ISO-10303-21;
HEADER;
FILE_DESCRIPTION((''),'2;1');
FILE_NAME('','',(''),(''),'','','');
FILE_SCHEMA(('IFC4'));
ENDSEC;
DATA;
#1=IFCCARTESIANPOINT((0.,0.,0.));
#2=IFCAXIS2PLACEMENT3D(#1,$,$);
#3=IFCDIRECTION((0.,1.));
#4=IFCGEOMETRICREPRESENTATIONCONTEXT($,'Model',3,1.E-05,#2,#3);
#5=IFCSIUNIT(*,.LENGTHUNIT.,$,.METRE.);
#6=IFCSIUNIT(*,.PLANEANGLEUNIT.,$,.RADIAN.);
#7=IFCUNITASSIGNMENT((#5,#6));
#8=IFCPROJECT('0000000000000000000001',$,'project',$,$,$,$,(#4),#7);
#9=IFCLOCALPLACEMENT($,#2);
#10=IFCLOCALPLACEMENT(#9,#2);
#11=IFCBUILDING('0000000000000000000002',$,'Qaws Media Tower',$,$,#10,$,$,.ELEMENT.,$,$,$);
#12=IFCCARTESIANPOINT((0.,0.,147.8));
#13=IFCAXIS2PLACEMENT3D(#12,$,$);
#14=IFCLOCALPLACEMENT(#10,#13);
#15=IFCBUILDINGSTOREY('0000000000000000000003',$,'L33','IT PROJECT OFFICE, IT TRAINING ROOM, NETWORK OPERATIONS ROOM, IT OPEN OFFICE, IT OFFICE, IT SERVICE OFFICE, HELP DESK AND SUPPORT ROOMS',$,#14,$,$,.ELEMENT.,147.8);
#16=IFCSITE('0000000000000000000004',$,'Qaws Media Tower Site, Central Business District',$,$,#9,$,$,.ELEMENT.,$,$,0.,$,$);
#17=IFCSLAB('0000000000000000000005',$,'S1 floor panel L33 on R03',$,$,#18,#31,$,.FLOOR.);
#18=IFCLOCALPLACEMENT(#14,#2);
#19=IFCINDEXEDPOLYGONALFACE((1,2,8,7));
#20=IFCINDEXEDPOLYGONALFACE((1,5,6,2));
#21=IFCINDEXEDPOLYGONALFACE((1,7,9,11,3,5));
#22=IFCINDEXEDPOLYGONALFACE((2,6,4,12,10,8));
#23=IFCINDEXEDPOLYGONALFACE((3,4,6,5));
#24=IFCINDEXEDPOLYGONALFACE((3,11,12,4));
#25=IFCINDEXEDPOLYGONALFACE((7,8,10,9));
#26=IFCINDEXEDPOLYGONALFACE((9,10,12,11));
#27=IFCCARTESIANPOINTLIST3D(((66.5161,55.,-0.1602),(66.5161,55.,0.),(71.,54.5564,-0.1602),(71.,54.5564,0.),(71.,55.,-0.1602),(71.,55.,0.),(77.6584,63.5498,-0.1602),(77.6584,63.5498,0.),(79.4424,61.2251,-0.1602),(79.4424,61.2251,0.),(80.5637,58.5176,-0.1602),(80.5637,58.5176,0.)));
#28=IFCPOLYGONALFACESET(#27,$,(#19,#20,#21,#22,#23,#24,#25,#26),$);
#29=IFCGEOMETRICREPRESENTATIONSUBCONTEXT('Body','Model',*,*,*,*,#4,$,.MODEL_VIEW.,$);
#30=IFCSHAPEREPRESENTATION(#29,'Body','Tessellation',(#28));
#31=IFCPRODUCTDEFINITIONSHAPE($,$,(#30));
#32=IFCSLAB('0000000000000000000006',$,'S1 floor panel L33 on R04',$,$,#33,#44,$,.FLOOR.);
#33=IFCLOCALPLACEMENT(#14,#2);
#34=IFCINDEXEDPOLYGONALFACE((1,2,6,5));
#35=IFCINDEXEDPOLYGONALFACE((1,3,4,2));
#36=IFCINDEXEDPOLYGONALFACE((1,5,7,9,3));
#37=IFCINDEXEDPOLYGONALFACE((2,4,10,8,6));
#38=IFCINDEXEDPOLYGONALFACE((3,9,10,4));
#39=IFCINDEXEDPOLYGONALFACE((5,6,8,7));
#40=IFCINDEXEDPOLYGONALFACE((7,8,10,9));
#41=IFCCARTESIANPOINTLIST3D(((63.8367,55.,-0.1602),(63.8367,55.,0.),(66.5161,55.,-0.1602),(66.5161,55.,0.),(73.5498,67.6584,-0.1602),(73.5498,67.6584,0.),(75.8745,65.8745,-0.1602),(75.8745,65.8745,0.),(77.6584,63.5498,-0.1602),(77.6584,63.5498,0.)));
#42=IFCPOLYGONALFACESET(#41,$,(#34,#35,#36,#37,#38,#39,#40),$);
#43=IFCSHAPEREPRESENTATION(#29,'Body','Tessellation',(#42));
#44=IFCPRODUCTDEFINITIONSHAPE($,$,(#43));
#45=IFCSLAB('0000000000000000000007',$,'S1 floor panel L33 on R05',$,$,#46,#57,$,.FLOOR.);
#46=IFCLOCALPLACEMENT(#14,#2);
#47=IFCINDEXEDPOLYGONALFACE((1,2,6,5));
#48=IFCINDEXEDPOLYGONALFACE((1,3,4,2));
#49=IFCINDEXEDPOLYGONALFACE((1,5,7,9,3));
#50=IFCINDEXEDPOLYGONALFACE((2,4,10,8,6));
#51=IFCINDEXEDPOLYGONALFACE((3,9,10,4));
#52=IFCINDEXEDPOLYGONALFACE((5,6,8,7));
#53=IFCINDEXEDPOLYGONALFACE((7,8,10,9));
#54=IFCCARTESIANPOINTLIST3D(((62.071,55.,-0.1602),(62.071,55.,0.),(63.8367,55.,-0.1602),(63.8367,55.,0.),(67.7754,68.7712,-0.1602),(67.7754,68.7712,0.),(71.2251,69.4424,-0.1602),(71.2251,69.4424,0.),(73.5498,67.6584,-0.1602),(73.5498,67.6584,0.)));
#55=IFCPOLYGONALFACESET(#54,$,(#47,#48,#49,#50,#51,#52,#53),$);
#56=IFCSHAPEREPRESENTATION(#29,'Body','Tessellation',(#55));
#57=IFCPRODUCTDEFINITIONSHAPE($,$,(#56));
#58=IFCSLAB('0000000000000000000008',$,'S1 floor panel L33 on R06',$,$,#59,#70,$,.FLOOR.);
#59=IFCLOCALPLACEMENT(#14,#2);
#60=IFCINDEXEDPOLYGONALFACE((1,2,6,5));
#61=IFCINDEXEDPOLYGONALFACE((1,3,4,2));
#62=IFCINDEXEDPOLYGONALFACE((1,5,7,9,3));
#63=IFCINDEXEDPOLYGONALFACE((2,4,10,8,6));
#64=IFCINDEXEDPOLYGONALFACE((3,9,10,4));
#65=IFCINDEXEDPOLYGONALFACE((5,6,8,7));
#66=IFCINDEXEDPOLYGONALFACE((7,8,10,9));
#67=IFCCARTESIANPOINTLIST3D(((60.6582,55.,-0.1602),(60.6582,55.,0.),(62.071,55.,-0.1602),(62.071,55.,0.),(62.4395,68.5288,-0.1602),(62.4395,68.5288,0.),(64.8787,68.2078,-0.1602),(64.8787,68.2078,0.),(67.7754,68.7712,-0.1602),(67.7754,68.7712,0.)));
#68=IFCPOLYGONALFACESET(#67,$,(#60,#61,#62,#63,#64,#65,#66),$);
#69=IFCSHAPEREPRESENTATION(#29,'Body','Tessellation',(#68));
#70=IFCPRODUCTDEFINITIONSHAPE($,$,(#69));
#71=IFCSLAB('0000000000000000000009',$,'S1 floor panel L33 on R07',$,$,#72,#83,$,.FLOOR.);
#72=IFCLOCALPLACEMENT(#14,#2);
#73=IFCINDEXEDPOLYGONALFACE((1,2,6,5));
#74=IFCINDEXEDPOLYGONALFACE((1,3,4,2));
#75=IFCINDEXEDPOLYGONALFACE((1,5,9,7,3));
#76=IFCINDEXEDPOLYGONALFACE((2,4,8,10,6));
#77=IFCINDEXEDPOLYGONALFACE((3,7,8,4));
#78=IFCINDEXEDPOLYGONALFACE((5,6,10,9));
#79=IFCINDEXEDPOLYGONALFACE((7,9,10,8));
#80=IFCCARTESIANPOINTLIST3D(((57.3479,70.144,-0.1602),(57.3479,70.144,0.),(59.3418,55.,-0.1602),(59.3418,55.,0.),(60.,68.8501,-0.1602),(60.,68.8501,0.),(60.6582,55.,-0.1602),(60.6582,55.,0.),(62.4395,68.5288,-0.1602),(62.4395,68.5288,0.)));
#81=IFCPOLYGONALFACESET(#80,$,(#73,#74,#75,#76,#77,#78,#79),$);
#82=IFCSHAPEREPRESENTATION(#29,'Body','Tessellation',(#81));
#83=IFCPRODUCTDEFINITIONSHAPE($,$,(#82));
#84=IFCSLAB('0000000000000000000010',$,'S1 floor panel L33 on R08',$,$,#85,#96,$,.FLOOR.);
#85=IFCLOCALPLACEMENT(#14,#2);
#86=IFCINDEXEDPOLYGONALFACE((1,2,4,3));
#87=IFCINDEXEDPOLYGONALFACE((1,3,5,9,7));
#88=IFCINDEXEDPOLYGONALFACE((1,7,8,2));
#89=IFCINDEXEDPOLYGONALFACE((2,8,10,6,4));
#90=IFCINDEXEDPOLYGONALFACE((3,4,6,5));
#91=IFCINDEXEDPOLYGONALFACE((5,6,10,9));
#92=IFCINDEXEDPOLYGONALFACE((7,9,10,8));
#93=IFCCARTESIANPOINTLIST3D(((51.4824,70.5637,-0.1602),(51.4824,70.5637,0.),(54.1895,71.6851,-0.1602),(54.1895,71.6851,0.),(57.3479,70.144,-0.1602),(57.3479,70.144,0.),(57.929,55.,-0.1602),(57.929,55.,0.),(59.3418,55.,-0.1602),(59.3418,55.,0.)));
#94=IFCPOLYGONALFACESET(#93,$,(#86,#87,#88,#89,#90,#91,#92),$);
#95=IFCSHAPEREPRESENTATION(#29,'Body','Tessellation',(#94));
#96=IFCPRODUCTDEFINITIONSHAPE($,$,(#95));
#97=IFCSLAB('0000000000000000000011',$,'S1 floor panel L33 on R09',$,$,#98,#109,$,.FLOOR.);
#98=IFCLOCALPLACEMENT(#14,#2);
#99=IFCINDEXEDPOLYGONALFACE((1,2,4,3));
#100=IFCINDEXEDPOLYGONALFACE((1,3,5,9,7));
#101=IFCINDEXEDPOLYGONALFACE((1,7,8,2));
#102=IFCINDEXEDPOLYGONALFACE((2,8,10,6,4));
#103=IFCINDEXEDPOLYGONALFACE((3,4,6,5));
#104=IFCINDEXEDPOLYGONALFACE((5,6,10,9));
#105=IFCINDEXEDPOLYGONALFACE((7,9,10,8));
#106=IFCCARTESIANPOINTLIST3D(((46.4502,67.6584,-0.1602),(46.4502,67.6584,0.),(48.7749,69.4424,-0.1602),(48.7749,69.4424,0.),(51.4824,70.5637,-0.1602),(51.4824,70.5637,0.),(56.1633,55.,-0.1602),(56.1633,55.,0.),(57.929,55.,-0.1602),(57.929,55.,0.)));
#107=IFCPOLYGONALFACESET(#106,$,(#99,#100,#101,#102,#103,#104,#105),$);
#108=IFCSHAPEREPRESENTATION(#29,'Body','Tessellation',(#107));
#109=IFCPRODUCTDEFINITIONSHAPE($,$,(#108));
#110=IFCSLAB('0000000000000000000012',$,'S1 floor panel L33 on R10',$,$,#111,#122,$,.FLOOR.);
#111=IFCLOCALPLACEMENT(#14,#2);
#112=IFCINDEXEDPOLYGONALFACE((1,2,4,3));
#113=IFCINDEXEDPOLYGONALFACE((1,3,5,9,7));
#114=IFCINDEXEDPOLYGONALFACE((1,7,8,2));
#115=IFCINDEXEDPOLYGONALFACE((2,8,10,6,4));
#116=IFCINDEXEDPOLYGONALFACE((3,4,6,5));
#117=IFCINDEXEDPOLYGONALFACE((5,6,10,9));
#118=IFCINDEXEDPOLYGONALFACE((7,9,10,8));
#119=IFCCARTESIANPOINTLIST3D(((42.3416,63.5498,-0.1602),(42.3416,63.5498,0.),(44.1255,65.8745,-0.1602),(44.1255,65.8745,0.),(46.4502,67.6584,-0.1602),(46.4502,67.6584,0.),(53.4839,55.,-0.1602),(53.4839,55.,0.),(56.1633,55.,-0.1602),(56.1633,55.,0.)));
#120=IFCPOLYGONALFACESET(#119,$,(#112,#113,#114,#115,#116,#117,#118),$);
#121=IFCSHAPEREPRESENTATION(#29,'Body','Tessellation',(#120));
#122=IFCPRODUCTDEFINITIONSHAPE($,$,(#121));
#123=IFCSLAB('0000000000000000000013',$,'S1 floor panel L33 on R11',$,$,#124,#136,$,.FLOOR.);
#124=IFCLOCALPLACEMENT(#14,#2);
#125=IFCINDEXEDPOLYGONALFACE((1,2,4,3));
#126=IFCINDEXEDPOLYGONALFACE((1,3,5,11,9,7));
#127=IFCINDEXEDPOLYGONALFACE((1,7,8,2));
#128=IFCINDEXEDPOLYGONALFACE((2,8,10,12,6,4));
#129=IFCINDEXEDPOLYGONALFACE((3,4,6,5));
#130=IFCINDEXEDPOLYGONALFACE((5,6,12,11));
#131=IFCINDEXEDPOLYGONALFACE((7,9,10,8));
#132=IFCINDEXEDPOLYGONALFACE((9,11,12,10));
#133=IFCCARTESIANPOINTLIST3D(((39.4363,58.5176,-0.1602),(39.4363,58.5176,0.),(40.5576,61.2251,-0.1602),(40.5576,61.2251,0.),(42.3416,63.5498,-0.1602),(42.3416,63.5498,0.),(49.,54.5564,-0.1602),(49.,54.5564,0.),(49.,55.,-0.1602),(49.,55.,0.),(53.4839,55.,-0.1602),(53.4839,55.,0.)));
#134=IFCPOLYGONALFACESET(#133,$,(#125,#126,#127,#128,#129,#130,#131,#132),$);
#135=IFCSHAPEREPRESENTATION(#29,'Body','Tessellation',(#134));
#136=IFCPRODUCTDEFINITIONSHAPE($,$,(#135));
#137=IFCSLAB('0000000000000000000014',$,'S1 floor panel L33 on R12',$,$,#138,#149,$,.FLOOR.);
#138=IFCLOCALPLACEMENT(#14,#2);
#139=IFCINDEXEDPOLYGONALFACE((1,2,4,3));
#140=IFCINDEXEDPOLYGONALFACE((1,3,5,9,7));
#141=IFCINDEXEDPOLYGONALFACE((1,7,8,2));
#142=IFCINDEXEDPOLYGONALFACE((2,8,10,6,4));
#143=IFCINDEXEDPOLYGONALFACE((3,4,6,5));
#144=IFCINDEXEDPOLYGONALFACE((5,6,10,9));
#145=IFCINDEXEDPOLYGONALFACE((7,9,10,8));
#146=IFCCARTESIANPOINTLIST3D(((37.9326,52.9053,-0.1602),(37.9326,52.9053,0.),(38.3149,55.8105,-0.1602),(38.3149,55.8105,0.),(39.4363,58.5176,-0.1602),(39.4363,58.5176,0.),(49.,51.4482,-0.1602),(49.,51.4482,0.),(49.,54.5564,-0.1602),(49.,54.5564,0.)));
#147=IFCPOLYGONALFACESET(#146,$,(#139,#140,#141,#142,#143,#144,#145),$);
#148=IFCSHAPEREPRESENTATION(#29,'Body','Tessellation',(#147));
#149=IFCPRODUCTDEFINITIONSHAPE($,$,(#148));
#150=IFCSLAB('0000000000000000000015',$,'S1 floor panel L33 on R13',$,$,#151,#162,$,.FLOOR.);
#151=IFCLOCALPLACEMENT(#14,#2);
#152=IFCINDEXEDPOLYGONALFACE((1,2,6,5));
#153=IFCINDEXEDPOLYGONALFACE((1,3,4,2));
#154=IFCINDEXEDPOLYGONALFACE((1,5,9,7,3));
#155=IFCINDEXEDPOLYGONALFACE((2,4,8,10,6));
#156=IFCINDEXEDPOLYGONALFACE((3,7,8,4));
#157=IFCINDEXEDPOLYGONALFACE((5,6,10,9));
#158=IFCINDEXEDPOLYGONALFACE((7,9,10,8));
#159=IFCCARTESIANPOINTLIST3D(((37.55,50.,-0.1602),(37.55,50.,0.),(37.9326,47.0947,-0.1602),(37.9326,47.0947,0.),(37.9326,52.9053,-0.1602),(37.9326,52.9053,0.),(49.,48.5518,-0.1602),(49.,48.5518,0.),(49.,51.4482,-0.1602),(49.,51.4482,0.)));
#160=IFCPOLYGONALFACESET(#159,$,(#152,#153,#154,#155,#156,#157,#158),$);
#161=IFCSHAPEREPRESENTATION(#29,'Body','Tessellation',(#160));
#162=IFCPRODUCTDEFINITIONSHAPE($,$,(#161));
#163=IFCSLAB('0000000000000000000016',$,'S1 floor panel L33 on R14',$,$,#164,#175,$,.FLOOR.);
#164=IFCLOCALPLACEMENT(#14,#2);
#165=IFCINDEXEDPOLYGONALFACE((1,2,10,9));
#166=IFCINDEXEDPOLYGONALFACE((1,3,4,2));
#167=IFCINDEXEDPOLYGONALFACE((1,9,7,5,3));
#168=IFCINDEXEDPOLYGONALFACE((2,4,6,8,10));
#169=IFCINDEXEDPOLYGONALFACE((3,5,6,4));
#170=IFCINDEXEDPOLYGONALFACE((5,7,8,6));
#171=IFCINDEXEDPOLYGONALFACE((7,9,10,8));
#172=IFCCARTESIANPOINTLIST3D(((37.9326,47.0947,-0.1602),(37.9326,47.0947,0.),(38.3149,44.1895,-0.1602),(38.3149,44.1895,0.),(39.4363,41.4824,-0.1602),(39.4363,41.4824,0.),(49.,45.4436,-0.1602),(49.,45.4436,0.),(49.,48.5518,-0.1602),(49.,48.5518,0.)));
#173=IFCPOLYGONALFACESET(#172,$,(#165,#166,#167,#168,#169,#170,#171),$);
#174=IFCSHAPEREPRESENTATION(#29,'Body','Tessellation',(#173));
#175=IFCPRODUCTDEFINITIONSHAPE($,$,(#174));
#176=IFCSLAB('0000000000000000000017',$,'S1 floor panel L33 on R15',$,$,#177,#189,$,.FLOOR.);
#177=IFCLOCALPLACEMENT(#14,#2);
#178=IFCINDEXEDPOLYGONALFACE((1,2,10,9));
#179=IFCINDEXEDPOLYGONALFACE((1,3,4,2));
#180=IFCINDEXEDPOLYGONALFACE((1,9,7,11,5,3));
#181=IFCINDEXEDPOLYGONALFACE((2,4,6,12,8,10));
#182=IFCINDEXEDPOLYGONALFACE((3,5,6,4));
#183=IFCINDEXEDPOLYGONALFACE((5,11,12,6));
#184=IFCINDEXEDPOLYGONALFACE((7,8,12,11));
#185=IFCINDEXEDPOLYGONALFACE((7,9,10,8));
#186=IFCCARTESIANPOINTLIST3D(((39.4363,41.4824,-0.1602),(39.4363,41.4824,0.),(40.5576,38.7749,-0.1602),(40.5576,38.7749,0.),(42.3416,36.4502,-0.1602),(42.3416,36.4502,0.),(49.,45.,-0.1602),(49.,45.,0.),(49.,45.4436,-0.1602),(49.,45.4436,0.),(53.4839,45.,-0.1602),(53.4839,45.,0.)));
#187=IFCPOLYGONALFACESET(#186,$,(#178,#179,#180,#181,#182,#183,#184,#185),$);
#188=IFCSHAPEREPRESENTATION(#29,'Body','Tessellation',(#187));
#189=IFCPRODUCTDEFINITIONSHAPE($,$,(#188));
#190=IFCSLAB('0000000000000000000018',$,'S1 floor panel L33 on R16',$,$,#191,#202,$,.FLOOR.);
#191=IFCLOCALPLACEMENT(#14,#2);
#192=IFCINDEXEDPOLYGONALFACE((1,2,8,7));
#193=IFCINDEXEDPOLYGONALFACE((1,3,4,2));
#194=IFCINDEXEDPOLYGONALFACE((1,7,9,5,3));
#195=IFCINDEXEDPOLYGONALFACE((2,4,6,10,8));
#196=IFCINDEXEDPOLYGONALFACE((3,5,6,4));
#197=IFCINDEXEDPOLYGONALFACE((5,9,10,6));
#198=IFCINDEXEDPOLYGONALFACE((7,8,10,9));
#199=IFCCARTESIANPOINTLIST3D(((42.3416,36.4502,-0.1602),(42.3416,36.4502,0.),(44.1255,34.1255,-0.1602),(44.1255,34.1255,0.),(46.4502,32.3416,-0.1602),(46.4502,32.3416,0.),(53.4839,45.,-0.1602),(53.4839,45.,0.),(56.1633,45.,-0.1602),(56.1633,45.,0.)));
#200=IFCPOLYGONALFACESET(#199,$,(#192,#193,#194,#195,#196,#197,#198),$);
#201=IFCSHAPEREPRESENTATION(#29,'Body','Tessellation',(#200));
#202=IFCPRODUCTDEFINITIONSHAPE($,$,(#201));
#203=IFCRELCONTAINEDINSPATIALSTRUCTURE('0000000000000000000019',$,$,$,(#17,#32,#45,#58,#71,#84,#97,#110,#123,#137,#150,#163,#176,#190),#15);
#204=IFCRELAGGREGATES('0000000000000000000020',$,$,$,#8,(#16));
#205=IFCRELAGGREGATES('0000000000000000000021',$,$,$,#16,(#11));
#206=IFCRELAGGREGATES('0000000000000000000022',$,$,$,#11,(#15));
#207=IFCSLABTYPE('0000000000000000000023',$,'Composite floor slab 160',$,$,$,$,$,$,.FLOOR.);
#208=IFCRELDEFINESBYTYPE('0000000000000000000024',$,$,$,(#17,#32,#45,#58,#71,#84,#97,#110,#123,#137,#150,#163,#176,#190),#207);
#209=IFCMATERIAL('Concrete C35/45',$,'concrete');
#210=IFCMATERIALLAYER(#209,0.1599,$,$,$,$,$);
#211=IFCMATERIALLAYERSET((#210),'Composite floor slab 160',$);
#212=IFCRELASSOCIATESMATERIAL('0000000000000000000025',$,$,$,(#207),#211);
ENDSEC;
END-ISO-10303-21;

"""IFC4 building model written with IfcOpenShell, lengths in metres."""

from ifc_helpers import new_model, si_unit, direction, frame, origin, place, context, subcontext, project, spatial, polyline, outline, extrude, material, layer, layer_set, type_object, element, save


model = new_model("IFC4")

# Units and contexts
model_context = context("Model", 3, precision=1e-05, world=origin(), true_north=direction((0.0, 1.0)))
body_context = subcontext(model_context, "Body", "Model", "MODEL_VIEW")
ifc_project = project(units=[si_unit("LENGTHUNIT", "METRE"), si_unit("PLANEANGLEUNIT", "RADIAN")], contexts=[model_context])

# Site, building, storey
site_placement = place(None, origin())
site = spatial("IfcSite", under=ifc_project, at=site_placement, Name="Qaws Media Tower Site, Central Business District", CompositionType="ELEMENT", RefElevation=0.0)
building_placement = place(site_placement, origin())
building = spatial("IfcBuilding", under=site, at=building_placement, Name="Qaws Media Tower", CompositionType="ELEMENT")
storey_placement = place(building_placement, frame((0.0, 0.0, 147.8)))
storey = spatial("IfcBuildingStorey", under=building, at=storey_placement, Name="L33", Description="IT PROJECT OFFICE, IT TRAINING ROOM, NETWORK OPERATIONS ROOM, IT OPEN OFFICE, IT OFFICE, IT SERVICE OFFICE, HELP DESK AND SUPPORT ROOMS", CompositionType="ELEMENT", Elevation=147.8)

# Slabs
ifc_material_1 = material(Name="Concrete C35/45", Category="concrete")
ifc_layer_1 = layer(ifc_material_1, 0.1599)
ifc_layer_set_1 = layer_set([ifc_layer_1], Name="Composite floor slab 160")
slab_type_1 = type_object("IfcSlabType", Name="Composite floor slab 160", PredefinedType="FLOOR", material=ifc_layer_set_1)
slab_1_placement = place(storey_placement, frame((0.0, 0.0, -0.1602)))
element("IfcSlab", 1, at=slab_1_placement, inside=storey, type_object=slab_type_1, Name="S1 floor panel L33 on R03", PredefinedType="FLOOR", context=body_context, shape_type="SweptSolid", body=[
    extrude(outline(polyline([(79.4424, 61.2251), (80.5637, 58.5176), (71.0, 54.5564), (71.0, 55.0), (66.5161, 55.0), (77.6584, 63.5498), (79.4424, 61.2251)])), origin(), (0.0, 0.0, 1.0), 0.1602),
])
slab_2_placement = place(storey_placement, frame((0.0, 0.0, -0.1602)))
element("IfcSlab", 2, at=slab_2_placement, inside=storey, type_object=slab_type_1, Name="S1 floor panel L33 on R04", PredefinedType="FLOOR", context=body_context, shape_type="SweptSolid", body=[
    extrude(outline(polyline([(75.8745, 65.8745), (77.6584, 63.5498), (66.5161, 55.0), (63.8367, 55.0), (73.5498, 67.6584), (75.8745, 65.8745)])), origin(), (0.0, 0.0, 1.0), 0.1602),
])
slab_3_placement = place(storey_placement, frame((0.0, 0.0, -0.1602)))
element("IfcSlab", 3, at=slab_3_placement, inside=storey, type_object=slab_type_1, Name="S1 floor panel L33 on R05", PredefinedType="FLOOR", context=body_context, shape_type="SweptSolid", body=[
    extrude(outline(polyline([(71.2251, 69.4424), (73.5498, 67.6584), (63.8367, 55.0), (62.071, 55.0), (67.7754, 68.7712), (71.2251, 69.4424)])), origin(), (0.0, 0.0, 1.0), 0.1602),
])
slab_4_placement = place(storey_placement, frame((0.0, 0.0, -0.1602)))
element("IfcSlab", 4, at=slab_4_placement, inside=storey, type_object=slab_type_1, Name="S1 floor panel L33 on R06", PredefinedType="FLOOR", context=body_context, shape_type="SweptSolid", body=[
    extrude(outline(polyline([(64.8787, 68.2078), (67.7754, 68.7712), (62.071, 55.0), (60.6582, 55.0), (62.4395, 68.5288), (64.8787, 68.2078)])), origin(), (0.0, 0.0, 1.0), 0.1602),
])
slab_5_placement = place(storey_placement, frame((0.0, 0.0, -0.1602)))
element("IfcSlab", 5, at=slab_5_placement, inside=storey, type_object=slab_type_1, Name="S1 floor panel L33 on R07", PredefinedType="FLOOR", context=body_context, shape_type="SweptSolid", body=[
    extrude(outline(polyline([(60.0, 68.8501), (62.4395, 68.5288), (60.6582, 55.0), (59.3418, 55.0), (57.3479, 70.144), (60.0, 68.8501)])), origin(), (0.0, 0.0, 1.0), 0.1602),
])
slab_6_placement = place(storey_placement, frame((0.0, 0.0, -0.1602)))
element("IfcSlab", 6, at=slab_6_placement, inside=storey, type_object=slab_type_1, Name="S1 floor panel L33 on R08", PredefinedType="FLOOR", context=body_context, shape_type="SweptSolid", body=[
    extrude(outline(polyline([(54.1895, 71.6851), (57.3479, 70.144), (59.3418, 55.0), (57.929, 55.0), (51.4824, 70.5637), (54.1895, 71.6851)])), origin(), (0.0, 0.0, 1.0), 0.1602),
])
slab_7_placement = place(storey_placement, frame((0.0, 0.0, -0.1602)))
element("IfcSlab", 7, at=slab_7_placement, inside=storey, type_object=slab_type_1, Name="S1 floor panel L33 on R09", PredefinedType="FLOOR", context=body_context, shape_type="SweptSolid", body=[
    extrude(outline(polyline([(48.7749, 69.4424), (51.4824, 70.5637), (57.929, 55.0), (56.1633, 55.0), (46.4502, 67.6584), (48.7749, 69.4424)])), origin(), (0.0, 0.0, 1.0), 0.1602),
])
slab_8_placement = place(storey_placement, frame((0.0, 0.0, -0.1602)))
element("IfcSlab", 8, at=slab_8_placement, inside=storey, type_object=slab_type_1, Name="S1 floor panel L33 on R10", PredefinedType="FLOOR", context=body_context, shape_type="SweptSolid", body=[
    extrude(outline(polyline([(44.1255, 65.8745), (46.4502, 67.6584), (56.1633, 55.0), (53.4839, 55.0), (42.3416, 63.5498), (44.1255, 65.8745)])), origin(), (0.0, 0.0, 1.0), 0.1602),
])
slab_9_placement = place(storey_placement, frame((0.0, 0.0, -0.1602)))
element("IfcSlab", 9, at=slab_9_placement, inside=storey, type_object=slab_type_1, Name="S1 floor panel L33 on R11", PredefinedType="FLOOR", context=body_context, shape_type="SweptSolid", body=[
    extrude(outline(polyline([(40.5576, 61.2251), (42.3416, 63.5498), (53.4839, 55.0), (49.0, 55.0), (49.0, 54.5564), (39.4363, 58.5176), (40.5576, 61.2251)])), origin(), (0.0, 0.0, 1.0), 0.1602),
])
slab_10_placement = place(storey_placement, frame((0.0, 0.0, -0.1602)))
element("IfcSlab", 10, at=slab_10_placement, inside=storey, type_object=slab_type_1, Name="S1 floor panel L33 on R12", PredefinedType="FLOOR", context=body_context, shape_type="SweptSolid", body=[
    extrude(outline(polyline([(38.3149, 55.8105), (39.4363, 58.5176), (49.0, 54.5564), (49.0, 51.4482), (37.9326, 52.9053), (38.3149, 55.8105)])), origin(), (0.0, 0.0, 1.0), 0.1602),
])
slab_11_placement = place(storey_placement, frame((0.0, 0.0, -0.1602)))
element("IfcSlab", 11, at=slab_11_placement, inside=storey, type_object=slab_type_1, Name="S1 floor panel L33 on R13", PredefinedType="FLOOR", context=body_context, shape_type="SweptSolid", body=[
    extrude(outline(polyline([(37.55, 50.0), (37.9326, 52.9053), (49.0, 51.4482), (49.0, 48.5518), (37.9326, 47.0947), (37.55, 50.0)])), origin(), (0.0, 0.0, 1.0), 0.1602),
])
slab_12_placement = place(storey_placement, frame((0.0, 0.0, -0.1602)))
element("IfcSlab", 12, at=slab_12_placement, inside=storey, type_object=slab_type_1, Name="S1 floor panel L33 on R14", PredefinedType="FLOOR", context=body_context, shape_type="SweptSolid", body=[
    extrude(outline(polyline([(38.3149, 44.1895), (37.9326, 47.0947), (49.0, 48.5518), (49.0, 45.4436), (39.4363, 41.4824), (38.3149, 44.1895)])), origin(), (0.0, 0.0, 1.0), 0.1602),
])
slab_13_placement = place(storey_placement, frame((0.0, 0.0, -0.1602)))
element("IfcSlab", 13, at=slab_13_placement, inside=storey, type_object=slab_type_1, Name="S1 floor panel L33 on R15", PredefinedType="FLOOR", context=body_context, shape_type="SweptSolid", body=[
    extrude(outline(polyline([(40.5576, 38.7749), (39.4363, 41.4824), (49.0, 45.4436), (49.0, 45.0), (53.4839, 45.0), (42.3416, 36.4502), (40.5576, 38.7749)])), origin(), (0.0, 0.0, 1.0), 0.1602),
])
slab_14_placement = place(storey_placement, frame((0.0, 0.0, -0.1602)))
element("IfcSlab", 14, at=slab_14_placement, inside=storey, type_object=slab_type_1, Name="S1 floor panel L33 on R16", PredefinedType="FLOOR", context=body_context, shape_type="SweptSolid", body=[
    extrude(outline(polyline([(44.1255, 34.1255), (42.3416, 36.4502), (53.4839, 45.0), (56.1633, 45.0), (46.4502, 32.3416), (44.1255, 34.1255)])), origin(), (0.0, 0.0, 1.0), 0.1602),
])

save(model, "model.ifc")
